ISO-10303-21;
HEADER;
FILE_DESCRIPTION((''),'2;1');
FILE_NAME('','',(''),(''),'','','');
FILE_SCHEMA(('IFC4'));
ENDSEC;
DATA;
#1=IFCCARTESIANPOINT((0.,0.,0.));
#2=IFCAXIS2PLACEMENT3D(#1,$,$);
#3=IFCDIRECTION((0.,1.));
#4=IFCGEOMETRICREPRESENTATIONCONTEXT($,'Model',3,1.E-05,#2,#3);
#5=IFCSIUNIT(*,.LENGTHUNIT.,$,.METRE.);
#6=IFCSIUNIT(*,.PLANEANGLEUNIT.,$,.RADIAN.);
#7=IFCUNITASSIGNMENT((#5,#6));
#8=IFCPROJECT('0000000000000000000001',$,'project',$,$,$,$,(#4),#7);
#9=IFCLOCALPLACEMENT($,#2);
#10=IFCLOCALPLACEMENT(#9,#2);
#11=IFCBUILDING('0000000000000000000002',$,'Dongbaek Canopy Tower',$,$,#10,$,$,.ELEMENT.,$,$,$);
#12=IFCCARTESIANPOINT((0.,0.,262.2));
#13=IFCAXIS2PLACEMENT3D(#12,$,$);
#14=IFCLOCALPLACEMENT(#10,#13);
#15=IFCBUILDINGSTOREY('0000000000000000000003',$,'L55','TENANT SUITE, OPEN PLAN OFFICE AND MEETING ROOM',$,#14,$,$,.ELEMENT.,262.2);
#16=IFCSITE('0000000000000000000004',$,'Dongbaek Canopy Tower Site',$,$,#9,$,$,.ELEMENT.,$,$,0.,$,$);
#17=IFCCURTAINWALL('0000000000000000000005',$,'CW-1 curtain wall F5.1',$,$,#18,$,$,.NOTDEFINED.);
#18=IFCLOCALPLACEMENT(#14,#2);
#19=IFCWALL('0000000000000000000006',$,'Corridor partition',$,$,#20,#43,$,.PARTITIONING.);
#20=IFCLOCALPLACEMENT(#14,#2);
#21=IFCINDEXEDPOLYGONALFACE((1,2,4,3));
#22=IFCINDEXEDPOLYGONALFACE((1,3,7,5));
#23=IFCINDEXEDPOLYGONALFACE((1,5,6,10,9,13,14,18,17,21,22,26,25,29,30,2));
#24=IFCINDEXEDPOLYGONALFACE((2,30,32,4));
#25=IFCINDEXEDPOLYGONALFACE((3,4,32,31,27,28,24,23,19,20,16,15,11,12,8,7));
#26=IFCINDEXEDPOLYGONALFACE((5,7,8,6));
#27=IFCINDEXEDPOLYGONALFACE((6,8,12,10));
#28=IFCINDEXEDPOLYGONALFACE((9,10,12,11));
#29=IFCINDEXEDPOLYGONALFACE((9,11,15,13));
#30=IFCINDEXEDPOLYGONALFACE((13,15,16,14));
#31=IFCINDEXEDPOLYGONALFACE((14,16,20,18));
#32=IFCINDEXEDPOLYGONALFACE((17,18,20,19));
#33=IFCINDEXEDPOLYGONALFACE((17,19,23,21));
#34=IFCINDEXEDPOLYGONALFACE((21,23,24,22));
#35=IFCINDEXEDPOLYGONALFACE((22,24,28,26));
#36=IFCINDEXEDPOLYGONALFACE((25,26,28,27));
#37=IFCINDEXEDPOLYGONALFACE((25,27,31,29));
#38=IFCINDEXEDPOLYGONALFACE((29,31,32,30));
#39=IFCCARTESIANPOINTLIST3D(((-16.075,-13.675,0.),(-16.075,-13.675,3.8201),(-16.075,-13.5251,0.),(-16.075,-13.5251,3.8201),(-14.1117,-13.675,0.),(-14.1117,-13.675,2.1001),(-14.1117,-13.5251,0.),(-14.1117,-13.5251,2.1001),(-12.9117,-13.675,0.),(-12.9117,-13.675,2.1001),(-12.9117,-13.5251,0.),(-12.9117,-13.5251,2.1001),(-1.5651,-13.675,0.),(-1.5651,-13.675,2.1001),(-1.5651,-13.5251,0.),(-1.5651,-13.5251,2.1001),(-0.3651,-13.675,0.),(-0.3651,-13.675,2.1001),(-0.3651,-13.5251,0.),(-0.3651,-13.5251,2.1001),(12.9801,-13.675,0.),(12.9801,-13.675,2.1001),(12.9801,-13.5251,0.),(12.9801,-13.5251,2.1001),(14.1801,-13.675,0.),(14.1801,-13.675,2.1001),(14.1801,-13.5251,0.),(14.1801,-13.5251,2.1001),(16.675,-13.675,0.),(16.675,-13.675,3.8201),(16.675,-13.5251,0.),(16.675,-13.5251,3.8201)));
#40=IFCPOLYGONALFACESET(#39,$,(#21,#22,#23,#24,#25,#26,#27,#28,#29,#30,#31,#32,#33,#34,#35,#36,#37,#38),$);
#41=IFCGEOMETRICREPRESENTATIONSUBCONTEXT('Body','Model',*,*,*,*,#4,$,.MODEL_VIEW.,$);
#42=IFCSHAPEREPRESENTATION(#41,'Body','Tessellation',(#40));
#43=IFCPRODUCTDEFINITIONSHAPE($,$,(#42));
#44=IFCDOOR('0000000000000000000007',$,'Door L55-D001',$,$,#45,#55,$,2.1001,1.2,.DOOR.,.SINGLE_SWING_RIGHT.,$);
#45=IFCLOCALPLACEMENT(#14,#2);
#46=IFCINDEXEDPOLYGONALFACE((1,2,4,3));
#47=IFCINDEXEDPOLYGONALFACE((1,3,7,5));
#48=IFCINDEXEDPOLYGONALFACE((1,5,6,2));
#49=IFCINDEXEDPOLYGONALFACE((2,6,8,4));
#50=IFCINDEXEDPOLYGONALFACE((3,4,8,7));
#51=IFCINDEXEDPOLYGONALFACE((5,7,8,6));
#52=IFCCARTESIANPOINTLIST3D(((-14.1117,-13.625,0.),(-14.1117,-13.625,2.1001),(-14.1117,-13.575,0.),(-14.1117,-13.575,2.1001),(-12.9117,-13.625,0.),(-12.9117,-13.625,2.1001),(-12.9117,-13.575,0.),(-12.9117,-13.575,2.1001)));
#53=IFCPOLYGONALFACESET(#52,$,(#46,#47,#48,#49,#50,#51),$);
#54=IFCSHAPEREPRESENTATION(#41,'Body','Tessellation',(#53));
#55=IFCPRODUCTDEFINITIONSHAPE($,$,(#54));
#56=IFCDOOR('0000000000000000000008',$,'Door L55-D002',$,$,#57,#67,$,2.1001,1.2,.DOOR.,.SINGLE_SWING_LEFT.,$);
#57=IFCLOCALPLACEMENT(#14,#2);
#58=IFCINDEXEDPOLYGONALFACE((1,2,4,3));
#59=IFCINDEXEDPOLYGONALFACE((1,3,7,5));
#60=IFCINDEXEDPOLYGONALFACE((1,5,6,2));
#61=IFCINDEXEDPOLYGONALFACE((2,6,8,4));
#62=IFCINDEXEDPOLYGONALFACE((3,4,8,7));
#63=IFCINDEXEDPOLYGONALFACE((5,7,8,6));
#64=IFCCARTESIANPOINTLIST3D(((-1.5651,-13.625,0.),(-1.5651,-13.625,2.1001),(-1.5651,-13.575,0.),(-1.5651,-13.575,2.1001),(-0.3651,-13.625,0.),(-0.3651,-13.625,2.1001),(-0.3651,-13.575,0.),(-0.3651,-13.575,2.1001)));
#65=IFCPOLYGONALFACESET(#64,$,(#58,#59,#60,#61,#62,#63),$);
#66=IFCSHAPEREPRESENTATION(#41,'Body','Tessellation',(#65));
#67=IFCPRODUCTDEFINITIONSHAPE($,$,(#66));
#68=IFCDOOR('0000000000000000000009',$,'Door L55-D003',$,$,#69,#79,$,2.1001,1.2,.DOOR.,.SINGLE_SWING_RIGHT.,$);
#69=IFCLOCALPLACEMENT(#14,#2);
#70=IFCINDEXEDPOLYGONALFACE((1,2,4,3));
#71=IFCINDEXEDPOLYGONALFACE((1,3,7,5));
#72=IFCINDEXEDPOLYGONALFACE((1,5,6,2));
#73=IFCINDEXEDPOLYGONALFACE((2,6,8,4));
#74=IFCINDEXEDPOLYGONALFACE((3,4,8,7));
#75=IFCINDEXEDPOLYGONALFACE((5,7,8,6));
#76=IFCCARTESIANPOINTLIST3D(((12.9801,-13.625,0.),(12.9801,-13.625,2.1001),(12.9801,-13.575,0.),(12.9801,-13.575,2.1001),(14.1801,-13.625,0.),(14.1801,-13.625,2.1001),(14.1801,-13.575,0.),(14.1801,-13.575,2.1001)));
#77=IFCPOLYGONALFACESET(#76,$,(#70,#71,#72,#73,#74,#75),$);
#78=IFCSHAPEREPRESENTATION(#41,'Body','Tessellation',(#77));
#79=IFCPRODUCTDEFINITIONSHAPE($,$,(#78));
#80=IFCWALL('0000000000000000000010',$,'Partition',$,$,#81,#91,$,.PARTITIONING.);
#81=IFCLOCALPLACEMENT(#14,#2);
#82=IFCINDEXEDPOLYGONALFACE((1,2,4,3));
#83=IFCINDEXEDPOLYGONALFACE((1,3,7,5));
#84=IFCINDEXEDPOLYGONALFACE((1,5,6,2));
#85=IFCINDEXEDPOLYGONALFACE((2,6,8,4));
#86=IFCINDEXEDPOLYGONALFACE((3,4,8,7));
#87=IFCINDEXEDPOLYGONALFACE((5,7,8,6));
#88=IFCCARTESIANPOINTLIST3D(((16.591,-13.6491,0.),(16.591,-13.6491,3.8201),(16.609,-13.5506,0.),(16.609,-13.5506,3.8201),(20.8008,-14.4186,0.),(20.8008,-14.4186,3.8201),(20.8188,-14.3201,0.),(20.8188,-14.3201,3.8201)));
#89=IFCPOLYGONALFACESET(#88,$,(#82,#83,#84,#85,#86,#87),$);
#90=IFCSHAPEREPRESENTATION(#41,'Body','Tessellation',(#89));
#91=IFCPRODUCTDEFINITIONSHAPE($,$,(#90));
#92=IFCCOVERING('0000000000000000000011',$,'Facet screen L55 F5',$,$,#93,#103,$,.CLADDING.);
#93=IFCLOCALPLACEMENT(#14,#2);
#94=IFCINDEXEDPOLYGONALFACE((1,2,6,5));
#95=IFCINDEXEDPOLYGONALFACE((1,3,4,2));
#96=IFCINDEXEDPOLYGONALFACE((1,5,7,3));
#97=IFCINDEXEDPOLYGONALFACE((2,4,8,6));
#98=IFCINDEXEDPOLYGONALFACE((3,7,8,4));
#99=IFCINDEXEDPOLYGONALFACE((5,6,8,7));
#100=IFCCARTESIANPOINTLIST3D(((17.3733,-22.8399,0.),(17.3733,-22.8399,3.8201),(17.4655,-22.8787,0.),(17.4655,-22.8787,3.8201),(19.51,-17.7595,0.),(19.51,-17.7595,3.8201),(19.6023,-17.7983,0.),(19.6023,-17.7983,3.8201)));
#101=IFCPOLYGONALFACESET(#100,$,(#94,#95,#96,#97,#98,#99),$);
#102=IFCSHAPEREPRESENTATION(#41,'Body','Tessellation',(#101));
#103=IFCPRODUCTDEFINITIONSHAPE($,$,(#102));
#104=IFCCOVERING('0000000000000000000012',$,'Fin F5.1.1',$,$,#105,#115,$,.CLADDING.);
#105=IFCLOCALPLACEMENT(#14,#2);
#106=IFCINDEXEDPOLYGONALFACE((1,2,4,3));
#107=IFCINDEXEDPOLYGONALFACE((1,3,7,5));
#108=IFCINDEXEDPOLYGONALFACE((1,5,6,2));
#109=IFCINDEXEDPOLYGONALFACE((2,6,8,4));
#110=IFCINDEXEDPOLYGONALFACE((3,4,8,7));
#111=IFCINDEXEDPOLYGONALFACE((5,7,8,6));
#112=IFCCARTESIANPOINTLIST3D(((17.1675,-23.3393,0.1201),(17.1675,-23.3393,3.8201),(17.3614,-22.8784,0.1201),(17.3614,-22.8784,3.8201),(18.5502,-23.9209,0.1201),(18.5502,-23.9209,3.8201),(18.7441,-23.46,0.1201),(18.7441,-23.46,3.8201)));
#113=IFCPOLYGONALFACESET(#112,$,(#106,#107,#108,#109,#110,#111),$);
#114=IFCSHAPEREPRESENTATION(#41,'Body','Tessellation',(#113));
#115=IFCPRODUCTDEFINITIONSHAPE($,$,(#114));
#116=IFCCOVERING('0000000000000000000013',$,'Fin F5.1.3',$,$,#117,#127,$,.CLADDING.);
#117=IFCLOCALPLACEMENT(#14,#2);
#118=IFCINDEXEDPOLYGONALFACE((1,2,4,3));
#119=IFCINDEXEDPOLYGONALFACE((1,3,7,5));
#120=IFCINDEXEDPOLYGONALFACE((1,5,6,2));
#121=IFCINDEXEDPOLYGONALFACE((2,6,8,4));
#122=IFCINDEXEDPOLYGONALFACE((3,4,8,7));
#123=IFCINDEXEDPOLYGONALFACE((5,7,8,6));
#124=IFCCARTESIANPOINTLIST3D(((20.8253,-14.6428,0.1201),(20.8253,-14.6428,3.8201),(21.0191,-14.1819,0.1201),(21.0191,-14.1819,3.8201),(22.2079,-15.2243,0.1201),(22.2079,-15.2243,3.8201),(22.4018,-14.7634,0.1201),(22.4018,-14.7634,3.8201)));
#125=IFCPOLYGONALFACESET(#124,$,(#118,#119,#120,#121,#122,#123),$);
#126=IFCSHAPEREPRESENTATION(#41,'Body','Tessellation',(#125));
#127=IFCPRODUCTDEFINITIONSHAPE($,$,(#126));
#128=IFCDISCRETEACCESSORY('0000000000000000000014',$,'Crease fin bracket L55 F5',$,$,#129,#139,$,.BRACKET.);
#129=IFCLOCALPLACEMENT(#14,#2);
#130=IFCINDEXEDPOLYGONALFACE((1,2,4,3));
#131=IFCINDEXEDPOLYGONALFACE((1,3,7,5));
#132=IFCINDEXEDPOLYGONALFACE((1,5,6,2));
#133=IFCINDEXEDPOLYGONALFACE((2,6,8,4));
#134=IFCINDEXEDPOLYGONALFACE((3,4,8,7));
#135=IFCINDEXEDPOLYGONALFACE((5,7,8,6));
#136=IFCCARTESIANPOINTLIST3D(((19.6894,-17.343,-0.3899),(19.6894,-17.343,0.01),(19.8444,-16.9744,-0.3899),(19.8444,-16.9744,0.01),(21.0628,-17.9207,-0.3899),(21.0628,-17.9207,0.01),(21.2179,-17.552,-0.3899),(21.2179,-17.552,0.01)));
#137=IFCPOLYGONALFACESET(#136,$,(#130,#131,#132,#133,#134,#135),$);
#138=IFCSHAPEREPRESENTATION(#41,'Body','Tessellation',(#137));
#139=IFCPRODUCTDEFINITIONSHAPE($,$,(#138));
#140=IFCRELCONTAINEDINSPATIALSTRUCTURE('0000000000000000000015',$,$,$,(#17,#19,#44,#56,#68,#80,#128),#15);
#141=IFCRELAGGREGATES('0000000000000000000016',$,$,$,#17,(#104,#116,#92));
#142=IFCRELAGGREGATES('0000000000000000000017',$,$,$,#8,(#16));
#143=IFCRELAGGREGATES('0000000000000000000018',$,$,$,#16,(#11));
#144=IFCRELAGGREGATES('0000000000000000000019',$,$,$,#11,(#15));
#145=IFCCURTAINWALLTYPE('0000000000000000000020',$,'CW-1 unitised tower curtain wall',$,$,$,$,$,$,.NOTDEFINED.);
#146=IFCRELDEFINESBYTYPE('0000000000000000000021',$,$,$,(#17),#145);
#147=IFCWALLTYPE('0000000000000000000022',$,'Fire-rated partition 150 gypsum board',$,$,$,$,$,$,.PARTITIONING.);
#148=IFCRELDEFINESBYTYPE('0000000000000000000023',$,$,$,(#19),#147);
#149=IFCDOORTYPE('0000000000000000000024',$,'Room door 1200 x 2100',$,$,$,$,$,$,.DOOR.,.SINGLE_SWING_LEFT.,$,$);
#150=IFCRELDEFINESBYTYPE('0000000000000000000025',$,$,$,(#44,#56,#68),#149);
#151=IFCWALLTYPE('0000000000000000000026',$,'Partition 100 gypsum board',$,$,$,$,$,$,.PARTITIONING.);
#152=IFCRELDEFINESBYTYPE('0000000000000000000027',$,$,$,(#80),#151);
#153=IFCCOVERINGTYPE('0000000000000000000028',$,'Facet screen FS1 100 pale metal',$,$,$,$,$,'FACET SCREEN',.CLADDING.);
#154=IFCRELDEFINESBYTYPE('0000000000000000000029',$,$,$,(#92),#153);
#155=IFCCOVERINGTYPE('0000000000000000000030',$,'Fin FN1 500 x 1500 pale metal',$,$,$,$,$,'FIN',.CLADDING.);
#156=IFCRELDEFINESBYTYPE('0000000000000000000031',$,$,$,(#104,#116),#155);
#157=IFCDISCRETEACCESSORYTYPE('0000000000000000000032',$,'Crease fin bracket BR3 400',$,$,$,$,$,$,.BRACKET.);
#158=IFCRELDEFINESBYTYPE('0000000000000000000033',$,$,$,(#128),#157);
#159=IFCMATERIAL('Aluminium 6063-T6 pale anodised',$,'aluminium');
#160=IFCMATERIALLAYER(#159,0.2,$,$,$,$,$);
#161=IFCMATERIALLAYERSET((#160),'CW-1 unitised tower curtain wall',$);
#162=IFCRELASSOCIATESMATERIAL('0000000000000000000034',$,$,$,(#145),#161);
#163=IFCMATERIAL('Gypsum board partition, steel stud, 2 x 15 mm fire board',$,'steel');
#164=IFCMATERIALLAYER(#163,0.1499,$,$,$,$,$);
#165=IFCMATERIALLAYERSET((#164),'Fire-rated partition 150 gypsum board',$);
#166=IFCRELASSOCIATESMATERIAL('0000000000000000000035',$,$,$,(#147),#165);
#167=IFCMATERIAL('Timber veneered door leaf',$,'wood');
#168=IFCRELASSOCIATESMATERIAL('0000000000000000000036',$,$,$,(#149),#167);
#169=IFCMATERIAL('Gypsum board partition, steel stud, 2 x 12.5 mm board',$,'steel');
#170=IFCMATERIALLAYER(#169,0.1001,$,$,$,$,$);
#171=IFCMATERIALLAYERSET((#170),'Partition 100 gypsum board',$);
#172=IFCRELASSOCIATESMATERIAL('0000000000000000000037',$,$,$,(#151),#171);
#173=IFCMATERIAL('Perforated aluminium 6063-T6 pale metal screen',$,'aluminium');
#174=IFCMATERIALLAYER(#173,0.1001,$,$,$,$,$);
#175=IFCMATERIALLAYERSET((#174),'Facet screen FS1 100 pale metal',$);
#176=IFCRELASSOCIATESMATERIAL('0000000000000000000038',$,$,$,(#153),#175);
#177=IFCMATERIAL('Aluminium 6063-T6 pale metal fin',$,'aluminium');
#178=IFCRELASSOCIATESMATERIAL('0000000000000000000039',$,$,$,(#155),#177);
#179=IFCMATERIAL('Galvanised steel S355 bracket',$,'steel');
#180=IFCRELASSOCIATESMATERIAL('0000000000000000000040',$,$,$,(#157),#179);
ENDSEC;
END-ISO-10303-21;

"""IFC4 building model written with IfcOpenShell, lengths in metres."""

from ifc_helpers import new_model, si_unit, direction, frame, frame_2d, origin, origin_2d, place, context, subcontext, project, spatial, rectangle, extrude, material, layer, layer_set, material_profile, profile_set, type_object, element, fill, aggregate, save


model = new_model("IFC4")

# Units and contexts
model_context = context("Model", 3, precision=1e-05, world=origin(), true_north=direction((0.0, 1.0)))
body_context = subcontext(model_context, "Body", "Model", "MODEL_VIEW")
ifc_project = project(units=[si_unit("LENGTHUNIT", "METRE"), si_unit("PLANEANGLEUNIT", "RADIAN")], contexts=[model_context])

# Site, building, storey
site_placement = place(None, origin())
site = spatial("IfcSite", under=ifc_project, at=site_placement, Name="Dongbaek Canopy Tower Site", CompositionType="ELEMENT", RefElevation=0.0)
building_placement = place(site_placement, origin())
building = spatial("IfcBuilding", under=site, at=building_placement, Name="Dongbaek Canopy Tower", CompositionType="ELEMENT")
storey_placement = place(building_placement, frame((0.0, 0.0, 262.2)))
storey = spatial("IfcBuildingStorey", under=building, at=storey_placement, Name="L55", Description="TENANT SUITE, OPEN PLAN OFFICE AND MEETING ROOM", CompositionType="ELEMENT", Elevation=262.2)

# Curtain wall
ifc_material_1 = material(Name="Aluminium 6063-T6 pale anodised", Category="aluminium")
ifc_layer_1 = layer(ifc_material_1, 0.2)
ifc_layer_set_1 = layer_set([ifc_layer_1], Name="CW-1 unitised tower curtain wall")
curtain_wall_type = type_object("IfcCurtainWallType", Name="CW-1 unitised tower curtain wall", PredefinedType="NOTDEFINED", material=ifc_layer_set_1)
curtain_wall_1_placement = place(storey_placement, origin())
curtain_wall_1 = element("IfcCurtainWall", 1, at=curtain_wall_1_placement, inside=storey, type_object=curtain_wall_type, Name="CW-1 curtain wall F5.1", PredefinedType="NOTDEFINED")

# Wall, openings, doors
ifc_material_2 = material(Name="Gypsum board partition, steel stud, 2 x 15 mm fire board", Category="steel")
ifc_layer_2 = layer(ifc_material_2, 0.1499)
ifc_layer_set_2 = layer_set([ifc_layer_2], Name="Fire-rated partition 150 gypsum board")
wall_type_1 = type_object("IfcWallType", Name="Fire-rated partition 150 gypsum board", PredefinedType="PARTITIONING", material=ifc_layer_set_2)
wall_1_placement = place(storey_placement, frame((16.675, -13.6001, 0.0), z_axis=(0.0, 0.0, 1.0), x_axis=(-1.0, 0.0, 0.0)))
wall_1 = element("IfcWall", 2, at=wall_1_placement, inside=storey, type_object=wall_type_1, Name="Corridor partition", PredefinedType="PARTITIONING", context=body_context, shape_type="SweptSolid", body=[
    extrude(rectangle(XDim=32.75, YDim=0.1499, at=frame_2d((16.375, 0.0))), origin(), (0.0, 0.0, 1.0), 3.8201),
])
opening_1_placement = place(wall_1_placement, frame((29.5867, 0.0, 0.0)))
opening_1 = element("IfcOpeningElement", 3, at=opening_1_placement, cuts=wall_1, PredefinedType="OPENING", context=body_context, shape_type="SweptSolid", body=[
    extrude(rectangle(XDim=1.2, YDim=2.1001, at=frame_2d((0.6001, 1.05))), frame((0.0, 0.085, 0.0), z_axis=(0.0, -1.0, 0.0), x_axis=(1.0, 0.0, 0.0)), (0.0, 0.0, 1.0), 0.1699),
])
opening_2_placement = place(wall_1_placement, frame((17.04, 0.0, 0.0)))
opening_2 = element("IfcOpeningElement", 4, at=opening_2_placement, cuts=wall_1, PredefinedType="OPENING", context=body_context, shape_type="SweptSolid", body=[
    extrude(rectangle(XDim=1.2, YDim=2.1001, at=frame_2d((0.6001, 1.05))), frame((0.0, 0.085, 0.0), z_axis=(0.0, -1.0, 0.0), x_axis=(1.0, 0.0, 0.0)), (0.0, 0.0, 1.0), 0.1699),
])
opening_3_placement = place(wall_1_placement, frame((2.4949, 0.0, 0.0)))
opening_3 = element("IfcOpeningElement", 5, at=opening_3_placement, cuts=wall_1, PredefinedType="OPENING", context=body_context, shape_type="SweptSolid", body=[
    extrude(rectangle(XDim=1.2, YDim=2.1001, at=frame_2d((0.6001, 1.05))), frame((0.0, 0.085, 0.0), z_axis=(0.0, -1.0, 0.0), x_axis=(1.0, 0.0, 0.0)), (0.0, 0.0, 1.0), 0.1699),
])
ifc_material_3 = material(Name="Timber veneered door leaf", Category="wood")
door_type = type_object("IfcDoorType", Name="Room door 1200 x 2100", OperationType="SINGLE_SWING_LEFT", PredefinedType="DOOR", material=ifc_material_3)
door_1_placement = place(opening_1_placement, origin())
door_1 = element("IfcDoor", 6, at=door_1_placement, inside=storey, type_object=door_type, Name="Door L55-D001", OperationType="SINGLE_SWING_RIGHT", OverallHeight=2.1001, OverallWidth=1.2, PredefinedType="DOOR", context=body_context, shape_type="SweptSolid", body=[
    extrude(rectangle(XDim=1.2, YDim=2.1001, at=frame_2d((0.6001, 1.05))), frame((0.0, 0.0249, 0.0), z_axis=(0.0, -1.0, 0.0), x_axis=(1.0, 0.0, 0.0)), (0.0, 0.0, 1.0), 0.05),
])
fill(opening_1, door_1)
door_2_placement = place(opening_2_placement, origin())
door_2 = element("IfcDoor", 7, at=door_2_placement, inside=storey, type_object=door_type, Name="Door L55-D002", OperationType="SINGLE_SWING_LEFT", OverallHeight=2.1001, OverallWidth=1.2, PredefinedType="DOOR", context=body_context, shape_type="SweptSolid", body=[
    extrude(rectangle(XDim=1.2, YDim=2.1001, at=frame_2d((0.6001, 1.05))), frame((0.0, 0.0249, 0.0), z_axis=(0.0, -1.0, 0.0), x_axis=(1.0, 0.0, 0.0)), (0.0, 0.0, 1.0), 0.05),
])
fill(opening_2, door_2)
door_3_placement = place(opening_3_placement, origin())
door_3 = element("IfcDoor", 8, at=door_3_placement, inside=storey, type_object=door_type, Name="Door L55-D003", OperationType="SINGLE_SWING_RIGHT", OverallHeight=2.1001, OverallWidth=1.2, PredefinedType="DOOR", context=body_context, shape_type="SweptSolid", body=[
    extrude(rectangle(XDim=1.2, YDim=2.1001, at=frame_2d((0.6001, 1.05))), frame((0.0, 0.0249, 0.0), z_axis=(0.0, -1.0, 0.0), x_axis=(1.0, 0.0, 0.0)), (0.0, 0.0, 1.0), 0.05),
])
fill(opening_3, door_3)

# Wall
ifc_material_4 = material(Name="Gypsum board partition, steel stud, 2 x 12.5 mm board", Category="steel")
ifc_layer_3 = layer(ifc_material_4, 0.1001)
ifc_layer_set_3 = layer_set([ifc_layer_3], Name="Partition 100 gypsum board")
wall_type_2 = type_object("IfcWallType", Name="Partition 100 gypsum board", PredefinedType="PARTITIONING", material=ifc_layer_set_3)
wall_2_placement = place(storey_placement, frame((16.6001, -13.5999, 0.0), z_axis=(0.0, 0.0, 1.0), x_axis=(0.9837, -0.179819, 0.0)))
element("IfcWall", 9, at=wall_2_placement, inside=storey, type_object=wall_type_2, Name="Partition", PredefinedType="PARTITIONING", context=body_context, shape_type="SweptSolid", body=[
    extrude(rectangle(XDim=4.2795, YDim=0.1001, at=frame_2d((2.1396, 0.0))), origin(), (0.0, 0.0, 1.0), 3.8201),
])

# Coverings
ifc_material_5 = material(Name="Perforated aluminium 6063-T6 pale metal screen", Category="aluminium")
ifc_layer_4 = layer(ifc_material_5, 0.1001)
ifc_layer_set_4 = layer_set([ifc_layer_4], Name="Facet screen FS1 100 pale metal")
covering_type_1 = type_object("IfcCoveringType", Name="Facet screen FS1 100 pale metal", ElementType="FACET SCREEN", PredefinedType="CLADDING", material=ifc_layer_set_4)
covering_1_placement = place(storey_placement, frame((18.4878, -20.3191, 0.0), z_axis=(0.0, 0.0, 1.0), x_axis=(0.387696, 0.921787, 0.0)))
covering_1 = element("IfcCovering", 10, at=covering_1_placement, type_object=covering_type_1, Name="Facet screen L55 F5", PredefinedType="CLADDING", context=body_context, shape_type="SweptSolid", body=[
    extrude(rectangle(XDim=5.5115, YDim=0.1001, at=origin_2d()), origin(), (0.0, 0.0, 1.0), 3.8201),
])
ifc_material_6 = material(Name="Aluminium 6063-T6 pale metal fin", Category="aluminium")
ifc_material_profile_1 = material_profile(ifc_material_6, rectangle(XDim=1.5, YDim=0.5, at=origin_2d()), Name="Fin FN1 500 x 1500 pale metal")
ifc_profile_set_1 = profile_set([ifc_material_profile_1], Name="Aluminium 6063-T6 pale metal fin")
covering_type_2 = type_object("IfcCoveringType", Name="Fin FN1 500 x 1500 pale metal", ElementType="FIN", PredefinedType="CLADDING", material=ifc_profile_set_1)
covering_2_placement = place(storey_placement, frame((17.9558, -23.3997, 0.1201), z_axis=(0.0, 0.0, 1.0), x_axis=(0.921787, -0.387696, 0.0)))
covering_2 = element("IfcCovering", 11, at=covering_2_placement, type_object=covering_type_2, Name="Fin F5.1.1", PredefinedType="CLADDING", context=body_context, shape_type="SweptSolid", body=[
    extrude(rectangle(XDim=1.5, YDim=0.5, at=origin_2d()), origin(), (0.0, 0.0, 1.0), 3.7),
])
covering_3_placement = place(storey_placement, frame((21.6135, -14.7031, 0.1201), z_axis=(0.0, 0.0, 1.0), x_axis=(0.921787, -0.387696, 0.0)))
covering_3 = element("IfcCovering", 12, at=covering_3_placement, type_object=covering_type_2, Name="Fin F5.1.3", PredefinedType="CLADDING", context=body_context, shape_type="SweptSolid", body=[
    extrude(rectangle(XDim=1.5, YDim=0.5, at=origin_2d()), origin(), (0.0, 0.0, 1.0), 3.7),
])
aggregate(curtain_wall_1, [covering_2, covering_3, covering_1])

# Discrete accessory
ifc_material_7 = material(Name="Galvanised steel S355 bracket", Category="steel")
discrete_accessory_type = type_object("IfcDiscreteAccessoryType", Name="Crease fin bracket BR3 400", PredefinedType="BRACKET", material=ifc_material_7)
discrete_accessory_placement = place(storey_placement, frame((20.4536, -17.4475, -0.3899), z_axis=(0.0, 0.0, 1.0), x_axis=(0.921787, -0.387696, 0.0)))
element("IfcDiscreteAccessory", 13, at=discrete_accessory_placement, inside=storey, type_object=discrete_accessory_type, Name="Crease fin bracket L55 F5", PredefinedType="BRACKET", context=body_context, shape_type="SweptSolid", body=[
    extrude(rectangle(XDim=1.49, YDim=0.3999, at=origin_2d()), origin(), (0.0, 0.0, 1.0), 0.3999),
])

save(model, "model.ifc")
